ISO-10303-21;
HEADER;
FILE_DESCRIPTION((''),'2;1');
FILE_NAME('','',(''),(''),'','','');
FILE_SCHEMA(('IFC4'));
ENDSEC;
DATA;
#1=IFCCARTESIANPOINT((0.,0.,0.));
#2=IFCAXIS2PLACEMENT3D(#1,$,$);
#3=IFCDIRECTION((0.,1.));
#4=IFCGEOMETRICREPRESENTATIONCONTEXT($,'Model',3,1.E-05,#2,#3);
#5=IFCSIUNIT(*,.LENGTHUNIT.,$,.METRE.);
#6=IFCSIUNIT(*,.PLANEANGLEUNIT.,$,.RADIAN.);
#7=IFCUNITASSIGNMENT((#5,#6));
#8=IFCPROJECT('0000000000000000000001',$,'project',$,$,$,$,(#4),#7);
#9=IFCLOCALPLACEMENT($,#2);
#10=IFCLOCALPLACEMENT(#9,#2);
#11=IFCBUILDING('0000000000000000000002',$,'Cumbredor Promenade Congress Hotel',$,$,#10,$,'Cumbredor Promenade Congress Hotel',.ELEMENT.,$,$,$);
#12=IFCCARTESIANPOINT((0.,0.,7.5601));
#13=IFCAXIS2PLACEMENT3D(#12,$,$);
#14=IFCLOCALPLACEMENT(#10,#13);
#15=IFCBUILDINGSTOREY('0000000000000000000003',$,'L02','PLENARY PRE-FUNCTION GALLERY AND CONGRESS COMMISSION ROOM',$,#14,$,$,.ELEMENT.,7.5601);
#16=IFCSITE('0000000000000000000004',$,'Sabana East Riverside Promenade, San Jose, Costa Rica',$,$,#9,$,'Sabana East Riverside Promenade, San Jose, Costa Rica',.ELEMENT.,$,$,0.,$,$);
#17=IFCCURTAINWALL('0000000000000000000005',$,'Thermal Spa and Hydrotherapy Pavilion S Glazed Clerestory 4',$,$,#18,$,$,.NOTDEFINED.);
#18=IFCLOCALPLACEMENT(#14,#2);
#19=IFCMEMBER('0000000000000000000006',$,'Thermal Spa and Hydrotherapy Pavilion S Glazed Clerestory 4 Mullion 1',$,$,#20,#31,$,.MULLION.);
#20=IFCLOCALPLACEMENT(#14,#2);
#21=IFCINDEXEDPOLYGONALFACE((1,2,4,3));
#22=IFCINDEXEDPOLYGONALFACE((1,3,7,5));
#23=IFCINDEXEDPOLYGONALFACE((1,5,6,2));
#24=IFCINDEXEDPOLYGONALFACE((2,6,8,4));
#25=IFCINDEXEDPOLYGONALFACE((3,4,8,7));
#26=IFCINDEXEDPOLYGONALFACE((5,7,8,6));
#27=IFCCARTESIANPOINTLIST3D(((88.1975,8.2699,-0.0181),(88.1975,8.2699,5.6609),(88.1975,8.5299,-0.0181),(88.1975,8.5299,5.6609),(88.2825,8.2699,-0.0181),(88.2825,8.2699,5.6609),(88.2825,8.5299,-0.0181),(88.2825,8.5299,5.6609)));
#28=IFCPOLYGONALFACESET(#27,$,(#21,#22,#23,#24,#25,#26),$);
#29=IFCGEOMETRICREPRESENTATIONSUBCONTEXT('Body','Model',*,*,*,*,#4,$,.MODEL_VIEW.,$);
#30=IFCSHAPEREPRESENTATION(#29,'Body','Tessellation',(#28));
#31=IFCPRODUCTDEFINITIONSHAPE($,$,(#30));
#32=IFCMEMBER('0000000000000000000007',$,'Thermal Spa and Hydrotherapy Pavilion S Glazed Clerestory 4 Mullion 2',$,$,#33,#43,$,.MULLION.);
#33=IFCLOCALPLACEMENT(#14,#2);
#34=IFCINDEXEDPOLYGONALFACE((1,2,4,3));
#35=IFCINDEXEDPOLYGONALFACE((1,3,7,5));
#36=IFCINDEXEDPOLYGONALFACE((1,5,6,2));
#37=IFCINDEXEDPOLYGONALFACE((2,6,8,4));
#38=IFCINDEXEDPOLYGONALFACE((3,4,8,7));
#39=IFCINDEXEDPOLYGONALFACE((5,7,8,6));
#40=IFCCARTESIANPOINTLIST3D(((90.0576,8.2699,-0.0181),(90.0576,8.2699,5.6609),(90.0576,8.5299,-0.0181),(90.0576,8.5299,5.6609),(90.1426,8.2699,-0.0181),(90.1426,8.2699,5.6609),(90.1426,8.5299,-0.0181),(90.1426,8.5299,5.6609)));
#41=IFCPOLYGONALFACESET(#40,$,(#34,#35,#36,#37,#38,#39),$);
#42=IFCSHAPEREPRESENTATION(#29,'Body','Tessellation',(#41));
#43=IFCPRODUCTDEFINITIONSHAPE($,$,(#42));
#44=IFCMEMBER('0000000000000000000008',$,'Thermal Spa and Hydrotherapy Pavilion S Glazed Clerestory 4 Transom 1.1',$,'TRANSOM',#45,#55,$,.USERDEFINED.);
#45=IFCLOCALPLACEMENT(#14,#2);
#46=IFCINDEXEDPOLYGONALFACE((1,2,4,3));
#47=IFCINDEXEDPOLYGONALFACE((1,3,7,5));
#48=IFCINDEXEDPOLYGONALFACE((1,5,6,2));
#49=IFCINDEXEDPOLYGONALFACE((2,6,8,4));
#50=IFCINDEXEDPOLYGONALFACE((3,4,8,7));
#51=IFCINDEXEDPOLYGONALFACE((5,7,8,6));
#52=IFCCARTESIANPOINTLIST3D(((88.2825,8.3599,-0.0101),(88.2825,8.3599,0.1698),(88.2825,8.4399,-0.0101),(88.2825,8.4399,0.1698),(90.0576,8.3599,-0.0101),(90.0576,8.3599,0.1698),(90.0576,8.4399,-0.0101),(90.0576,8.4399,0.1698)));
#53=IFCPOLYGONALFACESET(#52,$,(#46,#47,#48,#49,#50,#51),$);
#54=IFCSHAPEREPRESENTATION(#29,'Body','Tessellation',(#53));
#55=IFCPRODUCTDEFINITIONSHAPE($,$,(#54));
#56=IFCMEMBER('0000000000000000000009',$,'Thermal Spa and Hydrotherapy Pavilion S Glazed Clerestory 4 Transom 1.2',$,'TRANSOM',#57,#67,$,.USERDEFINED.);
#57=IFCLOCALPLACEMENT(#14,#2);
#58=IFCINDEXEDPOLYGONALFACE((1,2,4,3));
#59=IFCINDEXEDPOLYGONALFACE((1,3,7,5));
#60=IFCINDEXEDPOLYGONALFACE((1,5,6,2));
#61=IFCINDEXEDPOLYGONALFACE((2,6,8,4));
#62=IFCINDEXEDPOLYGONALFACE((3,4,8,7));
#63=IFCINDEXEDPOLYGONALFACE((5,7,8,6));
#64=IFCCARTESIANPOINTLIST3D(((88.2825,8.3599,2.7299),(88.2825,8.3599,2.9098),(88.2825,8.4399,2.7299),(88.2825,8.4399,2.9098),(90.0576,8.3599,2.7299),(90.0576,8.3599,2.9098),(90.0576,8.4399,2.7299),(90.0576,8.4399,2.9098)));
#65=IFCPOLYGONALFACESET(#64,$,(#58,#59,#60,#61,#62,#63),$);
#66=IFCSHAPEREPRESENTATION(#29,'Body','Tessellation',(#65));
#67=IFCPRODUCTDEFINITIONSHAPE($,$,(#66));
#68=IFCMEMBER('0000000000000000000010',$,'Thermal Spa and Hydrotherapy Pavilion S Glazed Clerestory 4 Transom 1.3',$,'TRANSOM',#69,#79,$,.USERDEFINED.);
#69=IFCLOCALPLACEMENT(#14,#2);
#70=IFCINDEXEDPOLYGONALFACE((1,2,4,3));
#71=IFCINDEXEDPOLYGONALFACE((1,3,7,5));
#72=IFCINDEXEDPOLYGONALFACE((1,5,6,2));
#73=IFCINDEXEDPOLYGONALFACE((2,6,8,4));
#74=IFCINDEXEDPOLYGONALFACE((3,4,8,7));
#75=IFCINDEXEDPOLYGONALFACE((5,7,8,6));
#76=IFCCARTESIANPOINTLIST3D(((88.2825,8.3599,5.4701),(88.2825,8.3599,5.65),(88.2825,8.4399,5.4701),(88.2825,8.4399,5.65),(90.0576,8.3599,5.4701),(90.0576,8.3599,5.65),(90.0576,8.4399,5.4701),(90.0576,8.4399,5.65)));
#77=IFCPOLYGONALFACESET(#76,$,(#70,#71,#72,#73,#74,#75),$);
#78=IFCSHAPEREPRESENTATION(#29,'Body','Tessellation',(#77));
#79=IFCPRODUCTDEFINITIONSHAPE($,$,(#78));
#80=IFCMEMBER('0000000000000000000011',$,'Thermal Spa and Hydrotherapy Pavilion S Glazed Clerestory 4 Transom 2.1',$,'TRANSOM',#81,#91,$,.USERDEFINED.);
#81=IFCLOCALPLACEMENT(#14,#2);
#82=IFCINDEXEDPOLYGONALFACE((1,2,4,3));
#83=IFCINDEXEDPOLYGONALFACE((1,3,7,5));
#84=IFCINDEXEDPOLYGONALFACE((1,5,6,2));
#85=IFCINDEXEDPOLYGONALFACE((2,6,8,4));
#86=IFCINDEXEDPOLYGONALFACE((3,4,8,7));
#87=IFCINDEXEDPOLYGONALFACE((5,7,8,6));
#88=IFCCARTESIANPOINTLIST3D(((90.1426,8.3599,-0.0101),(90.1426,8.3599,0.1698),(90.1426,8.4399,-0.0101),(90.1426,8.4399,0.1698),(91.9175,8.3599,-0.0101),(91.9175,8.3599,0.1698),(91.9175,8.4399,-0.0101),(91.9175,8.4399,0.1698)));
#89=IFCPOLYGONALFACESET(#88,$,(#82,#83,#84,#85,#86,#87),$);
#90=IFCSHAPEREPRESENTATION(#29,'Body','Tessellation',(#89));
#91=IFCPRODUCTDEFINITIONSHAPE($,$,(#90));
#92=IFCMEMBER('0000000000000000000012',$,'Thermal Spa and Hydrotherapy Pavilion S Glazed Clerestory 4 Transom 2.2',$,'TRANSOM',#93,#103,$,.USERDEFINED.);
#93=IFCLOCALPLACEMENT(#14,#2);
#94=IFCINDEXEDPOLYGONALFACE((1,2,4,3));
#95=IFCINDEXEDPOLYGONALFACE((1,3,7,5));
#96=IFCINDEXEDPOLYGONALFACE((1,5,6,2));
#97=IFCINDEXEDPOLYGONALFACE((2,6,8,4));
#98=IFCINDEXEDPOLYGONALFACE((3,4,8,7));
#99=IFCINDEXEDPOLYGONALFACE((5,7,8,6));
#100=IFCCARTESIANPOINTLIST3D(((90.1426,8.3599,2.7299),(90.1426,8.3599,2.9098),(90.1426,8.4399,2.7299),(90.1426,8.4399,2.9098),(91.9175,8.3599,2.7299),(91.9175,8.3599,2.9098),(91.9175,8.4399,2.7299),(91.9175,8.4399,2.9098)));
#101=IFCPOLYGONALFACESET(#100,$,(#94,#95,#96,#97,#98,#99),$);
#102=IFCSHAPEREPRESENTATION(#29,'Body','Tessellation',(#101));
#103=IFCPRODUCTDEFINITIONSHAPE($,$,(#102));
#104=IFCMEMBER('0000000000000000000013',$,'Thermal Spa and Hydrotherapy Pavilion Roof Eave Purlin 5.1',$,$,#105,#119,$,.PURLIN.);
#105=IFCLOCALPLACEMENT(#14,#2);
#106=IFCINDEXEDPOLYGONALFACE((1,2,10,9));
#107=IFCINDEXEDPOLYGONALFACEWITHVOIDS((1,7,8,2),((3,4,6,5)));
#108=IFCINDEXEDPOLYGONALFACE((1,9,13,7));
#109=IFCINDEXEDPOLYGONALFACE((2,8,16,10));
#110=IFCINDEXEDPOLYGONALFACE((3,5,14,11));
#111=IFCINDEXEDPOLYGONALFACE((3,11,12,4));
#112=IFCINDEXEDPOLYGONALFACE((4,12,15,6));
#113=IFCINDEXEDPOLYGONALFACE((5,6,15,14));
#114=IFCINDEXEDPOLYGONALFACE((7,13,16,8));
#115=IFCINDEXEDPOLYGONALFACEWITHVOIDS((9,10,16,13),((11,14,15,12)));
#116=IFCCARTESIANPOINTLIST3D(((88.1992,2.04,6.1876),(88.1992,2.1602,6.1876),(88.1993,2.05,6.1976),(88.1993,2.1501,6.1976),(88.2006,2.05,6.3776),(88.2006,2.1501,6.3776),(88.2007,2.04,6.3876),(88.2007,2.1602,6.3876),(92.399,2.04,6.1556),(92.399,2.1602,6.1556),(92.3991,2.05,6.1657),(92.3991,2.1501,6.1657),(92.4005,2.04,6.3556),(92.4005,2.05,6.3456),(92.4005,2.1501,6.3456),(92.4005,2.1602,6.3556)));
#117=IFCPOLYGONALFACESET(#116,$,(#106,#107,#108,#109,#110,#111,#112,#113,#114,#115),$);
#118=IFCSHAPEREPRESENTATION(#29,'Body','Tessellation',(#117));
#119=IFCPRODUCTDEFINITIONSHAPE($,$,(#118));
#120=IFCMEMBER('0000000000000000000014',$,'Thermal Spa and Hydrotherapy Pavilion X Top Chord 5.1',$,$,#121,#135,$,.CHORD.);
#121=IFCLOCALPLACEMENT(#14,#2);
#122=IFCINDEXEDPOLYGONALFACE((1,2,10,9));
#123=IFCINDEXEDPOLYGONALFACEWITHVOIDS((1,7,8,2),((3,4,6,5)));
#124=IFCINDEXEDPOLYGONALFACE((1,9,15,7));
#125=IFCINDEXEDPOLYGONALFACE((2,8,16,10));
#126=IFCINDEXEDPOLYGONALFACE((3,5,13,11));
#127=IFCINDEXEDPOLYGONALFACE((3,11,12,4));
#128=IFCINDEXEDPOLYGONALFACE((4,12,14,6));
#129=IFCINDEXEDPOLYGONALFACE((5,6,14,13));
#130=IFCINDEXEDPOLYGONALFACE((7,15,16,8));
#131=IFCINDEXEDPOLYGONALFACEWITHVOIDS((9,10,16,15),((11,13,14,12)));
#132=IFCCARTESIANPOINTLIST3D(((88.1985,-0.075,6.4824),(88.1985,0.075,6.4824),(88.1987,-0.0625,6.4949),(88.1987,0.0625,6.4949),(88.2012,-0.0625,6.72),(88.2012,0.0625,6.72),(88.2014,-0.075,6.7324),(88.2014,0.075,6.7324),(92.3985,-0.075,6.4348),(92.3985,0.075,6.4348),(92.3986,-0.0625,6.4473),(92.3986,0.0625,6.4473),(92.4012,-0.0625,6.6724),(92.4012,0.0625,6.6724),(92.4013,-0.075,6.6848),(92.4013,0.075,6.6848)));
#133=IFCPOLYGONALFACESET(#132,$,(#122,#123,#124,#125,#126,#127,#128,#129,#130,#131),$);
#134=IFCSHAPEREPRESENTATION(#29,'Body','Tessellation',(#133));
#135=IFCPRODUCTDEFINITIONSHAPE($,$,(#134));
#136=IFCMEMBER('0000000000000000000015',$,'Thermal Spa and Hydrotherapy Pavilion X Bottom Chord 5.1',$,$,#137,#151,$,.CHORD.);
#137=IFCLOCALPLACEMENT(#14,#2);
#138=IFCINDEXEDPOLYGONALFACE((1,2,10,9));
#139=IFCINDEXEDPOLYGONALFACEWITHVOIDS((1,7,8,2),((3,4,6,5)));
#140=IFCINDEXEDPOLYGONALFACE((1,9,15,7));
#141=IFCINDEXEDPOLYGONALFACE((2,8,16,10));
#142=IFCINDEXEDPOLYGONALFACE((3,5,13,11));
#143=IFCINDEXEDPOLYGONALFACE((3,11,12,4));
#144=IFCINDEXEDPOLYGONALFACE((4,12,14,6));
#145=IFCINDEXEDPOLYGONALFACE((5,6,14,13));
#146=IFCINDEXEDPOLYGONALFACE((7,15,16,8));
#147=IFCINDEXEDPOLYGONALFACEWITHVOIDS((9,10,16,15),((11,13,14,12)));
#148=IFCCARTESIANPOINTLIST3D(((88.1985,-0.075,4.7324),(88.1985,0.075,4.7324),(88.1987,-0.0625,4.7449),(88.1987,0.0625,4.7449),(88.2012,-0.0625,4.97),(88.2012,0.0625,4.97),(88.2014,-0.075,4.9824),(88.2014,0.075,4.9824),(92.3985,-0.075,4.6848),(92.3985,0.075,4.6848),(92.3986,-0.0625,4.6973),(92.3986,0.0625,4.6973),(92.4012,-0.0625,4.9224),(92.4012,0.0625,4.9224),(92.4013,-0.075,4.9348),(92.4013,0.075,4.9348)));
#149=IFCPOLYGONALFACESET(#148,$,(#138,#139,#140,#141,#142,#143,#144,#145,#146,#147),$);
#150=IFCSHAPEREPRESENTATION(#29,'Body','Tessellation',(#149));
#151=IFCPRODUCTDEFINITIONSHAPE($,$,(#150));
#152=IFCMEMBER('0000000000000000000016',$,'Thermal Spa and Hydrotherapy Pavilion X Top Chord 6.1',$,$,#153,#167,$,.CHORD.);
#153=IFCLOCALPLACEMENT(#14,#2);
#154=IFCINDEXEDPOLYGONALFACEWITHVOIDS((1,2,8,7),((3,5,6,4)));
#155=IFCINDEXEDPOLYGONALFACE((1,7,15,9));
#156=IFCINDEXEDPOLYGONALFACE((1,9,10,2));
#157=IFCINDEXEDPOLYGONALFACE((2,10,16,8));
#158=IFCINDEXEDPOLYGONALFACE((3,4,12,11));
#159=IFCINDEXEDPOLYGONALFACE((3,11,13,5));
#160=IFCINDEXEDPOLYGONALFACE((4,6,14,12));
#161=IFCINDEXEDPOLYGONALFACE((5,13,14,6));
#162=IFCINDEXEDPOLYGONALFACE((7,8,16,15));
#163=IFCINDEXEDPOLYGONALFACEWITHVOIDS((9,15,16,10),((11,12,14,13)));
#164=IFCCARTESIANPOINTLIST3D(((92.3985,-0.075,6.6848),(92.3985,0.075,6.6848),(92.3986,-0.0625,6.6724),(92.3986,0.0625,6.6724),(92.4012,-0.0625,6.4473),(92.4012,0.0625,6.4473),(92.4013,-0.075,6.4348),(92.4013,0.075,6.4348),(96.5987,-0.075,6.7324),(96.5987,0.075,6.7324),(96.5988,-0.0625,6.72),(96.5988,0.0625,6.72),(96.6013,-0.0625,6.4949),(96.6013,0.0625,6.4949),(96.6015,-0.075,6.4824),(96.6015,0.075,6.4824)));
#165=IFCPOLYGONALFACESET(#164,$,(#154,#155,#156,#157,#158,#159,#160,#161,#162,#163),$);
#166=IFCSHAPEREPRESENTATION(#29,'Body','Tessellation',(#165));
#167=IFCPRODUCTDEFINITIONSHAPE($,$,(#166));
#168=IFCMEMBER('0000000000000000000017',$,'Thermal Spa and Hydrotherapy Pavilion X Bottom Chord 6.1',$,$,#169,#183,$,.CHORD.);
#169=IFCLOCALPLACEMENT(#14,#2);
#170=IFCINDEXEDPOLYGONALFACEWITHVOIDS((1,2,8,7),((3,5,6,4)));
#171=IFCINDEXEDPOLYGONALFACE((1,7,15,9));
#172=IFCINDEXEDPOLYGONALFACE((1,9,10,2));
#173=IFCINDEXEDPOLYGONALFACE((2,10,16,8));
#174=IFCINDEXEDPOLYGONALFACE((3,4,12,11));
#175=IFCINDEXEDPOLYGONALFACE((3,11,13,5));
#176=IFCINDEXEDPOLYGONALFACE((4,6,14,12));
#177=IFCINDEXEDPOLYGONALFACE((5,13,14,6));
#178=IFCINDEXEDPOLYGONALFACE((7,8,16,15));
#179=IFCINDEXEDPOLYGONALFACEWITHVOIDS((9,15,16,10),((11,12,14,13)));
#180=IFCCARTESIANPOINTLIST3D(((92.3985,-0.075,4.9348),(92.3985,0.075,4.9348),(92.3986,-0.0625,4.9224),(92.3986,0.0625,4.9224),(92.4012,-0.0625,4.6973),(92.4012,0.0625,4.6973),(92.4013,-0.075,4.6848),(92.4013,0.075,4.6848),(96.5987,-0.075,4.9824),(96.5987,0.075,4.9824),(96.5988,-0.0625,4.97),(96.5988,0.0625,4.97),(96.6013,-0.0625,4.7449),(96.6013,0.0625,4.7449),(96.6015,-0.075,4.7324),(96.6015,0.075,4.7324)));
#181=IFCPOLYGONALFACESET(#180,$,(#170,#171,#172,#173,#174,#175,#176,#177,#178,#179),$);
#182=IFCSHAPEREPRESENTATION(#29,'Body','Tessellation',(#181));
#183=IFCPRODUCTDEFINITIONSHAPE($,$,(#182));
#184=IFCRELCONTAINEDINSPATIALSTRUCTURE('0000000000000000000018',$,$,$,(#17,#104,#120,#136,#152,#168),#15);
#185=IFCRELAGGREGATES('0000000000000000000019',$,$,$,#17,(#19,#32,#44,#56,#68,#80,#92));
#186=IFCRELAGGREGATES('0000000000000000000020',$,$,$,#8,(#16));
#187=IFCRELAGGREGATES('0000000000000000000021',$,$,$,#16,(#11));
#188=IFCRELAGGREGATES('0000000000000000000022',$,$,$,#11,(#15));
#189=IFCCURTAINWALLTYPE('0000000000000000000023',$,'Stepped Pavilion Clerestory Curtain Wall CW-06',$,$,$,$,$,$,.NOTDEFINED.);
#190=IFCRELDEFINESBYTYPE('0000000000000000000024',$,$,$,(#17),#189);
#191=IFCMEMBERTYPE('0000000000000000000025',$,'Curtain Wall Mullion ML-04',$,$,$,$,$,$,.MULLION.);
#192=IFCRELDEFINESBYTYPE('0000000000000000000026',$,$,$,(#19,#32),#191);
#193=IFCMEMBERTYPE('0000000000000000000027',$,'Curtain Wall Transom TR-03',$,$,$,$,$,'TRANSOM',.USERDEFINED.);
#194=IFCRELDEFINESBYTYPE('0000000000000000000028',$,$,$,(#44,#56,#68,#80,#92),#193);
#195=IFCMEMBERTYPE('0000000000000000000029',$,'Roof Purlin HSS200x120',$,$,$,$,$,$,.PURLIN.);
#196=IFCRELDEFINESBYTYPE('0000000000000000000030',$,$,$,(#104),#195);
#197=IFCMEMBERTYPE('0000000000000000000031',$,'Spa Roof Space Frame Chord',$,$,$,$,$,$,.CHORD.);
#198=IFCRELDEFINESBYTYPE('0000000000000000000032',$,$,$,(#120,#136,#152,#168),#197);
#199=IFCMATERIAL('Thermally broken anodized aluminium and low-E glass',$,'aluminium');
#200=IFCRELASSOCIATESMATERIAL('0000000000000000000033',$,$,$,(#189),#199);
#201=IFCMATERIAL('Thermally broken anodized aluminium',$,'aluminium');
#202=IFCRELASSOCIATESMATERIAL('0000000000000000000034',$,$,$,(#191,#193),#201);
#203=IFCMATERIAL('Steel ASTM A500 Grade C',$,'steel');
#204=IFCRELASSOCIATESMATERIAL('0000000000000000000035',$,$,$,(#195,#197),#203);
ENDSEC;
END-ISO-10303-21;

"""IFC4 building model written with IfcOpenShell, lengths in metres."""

from ifc_helpers import new_model, si_unit, direction, frame, origin, origin_2d, place, context, subcontext, project, spatial, rectangle, hollow_rectangle, extrude, material, material_profile, profile_set, type_object, element, aggregate, save


model = new_model("IFC4")

# Units and contexts
model_context = context("Model", 3, precision=1e-05, world=origin(), true_north=direction((0.0, 1.0)))
body_context = subcontext(model_context, "Body", "Model", "MODEL_VIEW")
ifc_project = project(units=[si_unit("LENGTHUNIT", "METRE"), si_unit("PLANEANGLEUNIT", "RADIAN")], contexts=[model_context])

# Site, building, storey
site_placement = place(None, origin())
site = spatial("IfcSite", under=ifc_project, at=site_placement, Name="Sabana East Riverside Promenade, San Jose, Costa Rica", LongName="Sabana East Riverside Promenade, San Jose, Costa Rica", CompositionType="ELEMENT", RefElevation=0.0)
building_placement = place(site_placement, origin())
building = spatial("IfcBuilding", under=site, at=building_placement, Name="Cumbredor Promenade Congress Hotel", LongName="Cumbredor Promenade Congress Hotel", CompositionType="ELEMENT")
storey_placement = place(building_placement, frame((0.0, 0.0, 7.5601)))
storey = spatial("IfcBuildingStorey", under=building, at=storey_placement, Name="L02", Description="PLENARY PRE-FUNCTION GALLERY AND CONGRESS COMMISSION ROOM", CompositionType="ELEMENT", Elevation=7.5601)

# Curtain wall, members
ifc_material_1 = material(Name="Thermally broken anodized aluminium and low-E glass", Category="aluminium")
curtain_wall_type = type_object("IfcCurtainWallType", Name="Stepped Pavilion Clerestory Curtain Wall CW-06", PredefinedType="NOTDEFINED", material=ifc_material_1)
curtain_wall_placement = place(storey_placement, origin())
curtain_wall = element("IfcCurtainWall", 1, at=curtain_wall_placement, inside=storey, type_object=curtain_wall_type, Name="Thermal Spa and Hydrotherapy Pavilion S Glazed Clerestory 4", PredefinedType="NOTDEFINED")
ifc_material_2 = material(Name="Thermally broken anodized aluminium", Category="aluminium")
ifc_material_profile_1 = material_profile(ifc_material_2, rectangle(XDim=0.085, YDim=0.26, at=origin_2d()), Name="ALU MULLION CLERESTORY 85x260")
ifc_profile_set_1 = profile_set([ifc_material_profile_1], Name="Thermally broken anodized aluminium")
member_type_1 = type_object("IfcMemberType", Name="Curtain Wall Mullion ML-04", PredefinedType="MULLION", material=ifc_profile_set_1)
member_1_placement = place(storey_placement, frame((88.24, 8.3999, -0.0181), z_axis=(0.0, 0.0, 1.0), x_axis=(1.0, 0.0, 0.0)))
member_1 = element("IfcMember", 2, at=member_1_placement, type_object=member_type_1, Name="Thermal Spa and Hydrotherapy Pavilion S Glazed Clerestory 4 Mullion 1", PredefinedType="MULLION", context=body_context, shape_type="SweptSolid", body=[
    extrude(rectangle(XDim=0.085, YDim=0.26, at=origin_2d()), origin(), (0.0, 0.0, 1.0), 5.679),
])
member_2_placement = place(storey_placement, frame((90.1001, 8.3999, -0.0181), z_axis=(0.0, 0.0, 1.0), x_axis=(1.0, 0.0, 0.0)))
member_2 = element("IfcMember", 3, at=member_2_placement, type_object=member_type_1, Name="Thermal Spa and Hydrotherapy Pavilion S Glazed Clerestory 4 Mullion 2", PredefinedType="MULLION", context=body_context, shape_type="SweptSolid", body=[
    extrude(rectangle(XDim=0.085, YDim=0.26, at=origin_2d()), origin(), (0.0, 0.0, 1.0), 5.679),
])
ifc_material_profile_2 = material_profile(ifc_material_2, rectangle(XDim=0.0801, YDim=0.1799, at=origin_2d()), Name="ALU TRANSOM 80x180")
ifc_profile_set_2 = profile_set([ifc_material_profile_2], Name="Thermally broken anodized aluminium")
member_type_2 = type_object("IfcMemberType", Name="Curtain Wall Transom TR-03", ElementType="TRANSOM", PredefinedType="USERDEFINED", material=ifc_profile_set_2)
member_3_placement = place(storey_placement, frame((88.2825, 8.3999, 0.0798), z_axis=(1.0, 0.0, 0.0), x_axis=(0.0, 1.0, 0.0)))
member_3 = element("IfcMember", 4, at=member_3_placement, type_object=member_type_2, Name="Thermal Spa and Hydrotherapy Pavilion S Glazed Clerestory 4 Transom 1.1", ObjectType="TRANSOM", PredefinedType="USERDEFINED", context=body_context, shape_type="SweptSolid", body=[
    extrude(rectangle(XDim=0.0801, YDim=0.1799, at=origin_2d()), origin(), (0.0, 0.0, 1.0), 1.7751),
])
member_4_placement = place(storey_placement, frame((88.2825, 8.3999, 2.8198), z_axis=(1.0, 0.0, 0.0), x_axis=(0.0, 1.0, 0.0)))
member_4 = element("IfcMember", 5, at=member_4_placement, type_object=member_type_2, Name="Thermal Spa and Hydrotherapy Pavilion S Glazed Clerestory 4 Transom 1.2", ObjectType="TRANSOM", PredefinedType="USERDEFINED", context=body_context, shape_type="SweptSolid", body=[
    extrude(rectangle(XDim=0.0801, YDim=0.1799, at=origin_2d()), origin(), (0.0, 0.0, 1.0), 1.7751),
])
member_5_placement = place(storey_placement, frame((88.2825, 8.3999, 5.5601), z_axis=(1.0, 0.0, 0.0), x_axis=(0.0, 1.0, 0.0)))
member_5 = element("IfcMember", 6, at=member_5_placement, type_object=member_type_2, Name="Thermal Spa and Hydrotherapy Pavilion S Glazed Clerestory 4 Transom 1.3", ObjectType="TRANSOM", PredefinedType="USERDEFINED", context=body_context, shape_type="SweptSolid", body=[
    extrude(rectangle(XDim=0.0801, YDim=0.1799, at=origin_2d()), origin(), (0.0, 0.0, 1.0), 1.7751),
])
member_6_placement = place(storey_placement, frame((90.1426, 8.3999, 0.0798), z_axis=(1.0, 0.0, 0.0), x_axis=(0.0, 1.0, 0.0)))
member_6 = element("IfcMember", 7, at=member_6_placement, type_object=member_type_2, Name="Thermal Spa and Hydrotherapy Pavilion S Glazed Clerestory 4 Transom 2.1", ObjectType="TRANSOM", PredefinedType="USERDEFINED", context=body_context, shape_type="SweptSolid", body=[
    extrude(rectangle(XDim=0.0801, YDim=0.1799, at=origin_2d()), origin(), (0.0, 0.0, 1.0), 1.7749),
])
member_7_placement = place(storey_placement, frame((90.1426, 8.3999, 2.8198), z_axis=(1.0, 0.0, 0.0), x_axis=(0.0, 1.0, 0.0)))
member_7 = element("IfcMember", 8, at=member_7_placement, type_object=member_type_2, Name="Thermal Spa and Hydrotherapy Pavilion S Glazed Clerestory 4 Transom 2.2", ObjectType="TRANSOM", PredefinedType="USERDEFINED", context=body_context, shape_type="SweptSolid", body=[
    extrude(rectangle(XDim=0.0801, YDim=0.1799, at=origin_2d()), origin(), (0.0, 0.0, 1.0), 1.7749),
])

# Members
ifc_material_3 = material(Name="Steel ASTM A500 Grade C", Category="steel")
ifc_material_profile_3 = material_profile(ifc_material_3, hollow_rectangle(XDim=0.1201, YDim=0.2, WallThickness=0.01, at=origin_2d()), Name="HSS 200x120x10")
ifc_profile_set_3 = profile_set([ifc_material_profile_3], Name="Steel ASTM A500 Grade C")
member_type_3 = type_object("IfcMemberType", Name="Roof Purlin HSS200x120", PredefinedType="PURLIN", material=ifc_profile_set_3)
member_8_placement = place(storey_placement, frame((88.2, 2.1001, 6.2876), z_axis=(0.999971, 0.0, -0.007615), x_axis=(0.0, 1.0, 0.0)))
element("IfcMember", 9, at=member_8_placement, inside=storey, type_object=member_type_3, Name="Thermal Spa and Hydrotherapy Pavilion Roof Eave Purlin 5.1", PredefinedType="PURLIN", context=body_context, shape_type="SweptSolid", body=[
    extrude(hollow_rectangle(XDim=0.1201, YDim=0.2, WallThickness=0.01, at=origin_2d()), origin(), (0.0, 0.0, 1.0), 4.2),
])
ifc_material_profile_4 = material_profile(ifc_material_3, hollow_rectangle(XDim=0.1499, YDim=0.25, WallThickness=0.0125, at=origin_2d()), Name="HSS 250x150x12.5")
ifc_profile_set_4 = profile_set([ifc_material_profile_4], Name="Steel ASTM A500 Grade C")
member_type_4 = type_object("IfcMemberType", Name="Spa Roof Space Frame Chord", PredefinedType="CHORD", material=ifc_profile_set_4)
for number, where, z_axis, x_axis, name in (
    (10, (88.2, 0.0, 6.6074), (0.999936, 0.0, -0.011335), (0.0, 1.0, 0.0), "Thermal Spa and Hydrotherapy Pavilion X Top Chord 5.1"),
    (11, (88.2, 0.0, 4.8574), (0.999936, 0.0, -0.011335), (0.0, 1.0, 0.0), "Thermal Spa and Hydrotherapy Pavilion X Bottom Chord 5.1"),
):
    element("IfcMember", number, at=place(storey_placement, frame(where, z_axis=z_axis, x_axis=x_axis)), inside=storey, type_object=member_type_4, Name=name, PredefinedType="CHORD", context=body_context, shape_type="SweptSolid", body=[
        extrude(hollow_rectangle(XDim=0.1499, YDim=0.25, WallThickness=0.0125, at=origin_2d()), origin(), (0.0, 0.0, 1.0), 4.2002),
    ])
for number, where, z_axis, x_axis, name in (
    (12, (92.3999, 0.0, 6.5598), (0.999936, 0.0, 0.011334), (0.0, 1.0, 0.0), "Thermal Spa and Hydrotherapy Pavilion X Top Chord 6.1"),
    (13, (92.3999, 0.0, 4.8098), (0.999936, 0.0, 0.011334), (0.0, 1.0, 0.0), "Thermal Spa and Hydrotherapy Pavilion X Bottom Chord 6.1"),
):
    element("IfcMember", number, at=place(storey_placement, frame(where, z_axis=z_axis, x_axis=x_axis)), inside=storey, type_object=member_type_4, Name=name, PredefinedType="CHORD", context=body_context, shape_type="SweptSolid", body=[
        extrude(hollow_rectangle(XDim=0.1499, YDim=0.25, WallThickness=0.0125, at=origin_2d()), origin(), (0.0, 0.0, 1.0), 4.2004),
    ])

aggregate(curtain_wall, [member_1, member_2, member_3, member_4, member_5, member_6, member_7])

save(model, "model.ifc")
